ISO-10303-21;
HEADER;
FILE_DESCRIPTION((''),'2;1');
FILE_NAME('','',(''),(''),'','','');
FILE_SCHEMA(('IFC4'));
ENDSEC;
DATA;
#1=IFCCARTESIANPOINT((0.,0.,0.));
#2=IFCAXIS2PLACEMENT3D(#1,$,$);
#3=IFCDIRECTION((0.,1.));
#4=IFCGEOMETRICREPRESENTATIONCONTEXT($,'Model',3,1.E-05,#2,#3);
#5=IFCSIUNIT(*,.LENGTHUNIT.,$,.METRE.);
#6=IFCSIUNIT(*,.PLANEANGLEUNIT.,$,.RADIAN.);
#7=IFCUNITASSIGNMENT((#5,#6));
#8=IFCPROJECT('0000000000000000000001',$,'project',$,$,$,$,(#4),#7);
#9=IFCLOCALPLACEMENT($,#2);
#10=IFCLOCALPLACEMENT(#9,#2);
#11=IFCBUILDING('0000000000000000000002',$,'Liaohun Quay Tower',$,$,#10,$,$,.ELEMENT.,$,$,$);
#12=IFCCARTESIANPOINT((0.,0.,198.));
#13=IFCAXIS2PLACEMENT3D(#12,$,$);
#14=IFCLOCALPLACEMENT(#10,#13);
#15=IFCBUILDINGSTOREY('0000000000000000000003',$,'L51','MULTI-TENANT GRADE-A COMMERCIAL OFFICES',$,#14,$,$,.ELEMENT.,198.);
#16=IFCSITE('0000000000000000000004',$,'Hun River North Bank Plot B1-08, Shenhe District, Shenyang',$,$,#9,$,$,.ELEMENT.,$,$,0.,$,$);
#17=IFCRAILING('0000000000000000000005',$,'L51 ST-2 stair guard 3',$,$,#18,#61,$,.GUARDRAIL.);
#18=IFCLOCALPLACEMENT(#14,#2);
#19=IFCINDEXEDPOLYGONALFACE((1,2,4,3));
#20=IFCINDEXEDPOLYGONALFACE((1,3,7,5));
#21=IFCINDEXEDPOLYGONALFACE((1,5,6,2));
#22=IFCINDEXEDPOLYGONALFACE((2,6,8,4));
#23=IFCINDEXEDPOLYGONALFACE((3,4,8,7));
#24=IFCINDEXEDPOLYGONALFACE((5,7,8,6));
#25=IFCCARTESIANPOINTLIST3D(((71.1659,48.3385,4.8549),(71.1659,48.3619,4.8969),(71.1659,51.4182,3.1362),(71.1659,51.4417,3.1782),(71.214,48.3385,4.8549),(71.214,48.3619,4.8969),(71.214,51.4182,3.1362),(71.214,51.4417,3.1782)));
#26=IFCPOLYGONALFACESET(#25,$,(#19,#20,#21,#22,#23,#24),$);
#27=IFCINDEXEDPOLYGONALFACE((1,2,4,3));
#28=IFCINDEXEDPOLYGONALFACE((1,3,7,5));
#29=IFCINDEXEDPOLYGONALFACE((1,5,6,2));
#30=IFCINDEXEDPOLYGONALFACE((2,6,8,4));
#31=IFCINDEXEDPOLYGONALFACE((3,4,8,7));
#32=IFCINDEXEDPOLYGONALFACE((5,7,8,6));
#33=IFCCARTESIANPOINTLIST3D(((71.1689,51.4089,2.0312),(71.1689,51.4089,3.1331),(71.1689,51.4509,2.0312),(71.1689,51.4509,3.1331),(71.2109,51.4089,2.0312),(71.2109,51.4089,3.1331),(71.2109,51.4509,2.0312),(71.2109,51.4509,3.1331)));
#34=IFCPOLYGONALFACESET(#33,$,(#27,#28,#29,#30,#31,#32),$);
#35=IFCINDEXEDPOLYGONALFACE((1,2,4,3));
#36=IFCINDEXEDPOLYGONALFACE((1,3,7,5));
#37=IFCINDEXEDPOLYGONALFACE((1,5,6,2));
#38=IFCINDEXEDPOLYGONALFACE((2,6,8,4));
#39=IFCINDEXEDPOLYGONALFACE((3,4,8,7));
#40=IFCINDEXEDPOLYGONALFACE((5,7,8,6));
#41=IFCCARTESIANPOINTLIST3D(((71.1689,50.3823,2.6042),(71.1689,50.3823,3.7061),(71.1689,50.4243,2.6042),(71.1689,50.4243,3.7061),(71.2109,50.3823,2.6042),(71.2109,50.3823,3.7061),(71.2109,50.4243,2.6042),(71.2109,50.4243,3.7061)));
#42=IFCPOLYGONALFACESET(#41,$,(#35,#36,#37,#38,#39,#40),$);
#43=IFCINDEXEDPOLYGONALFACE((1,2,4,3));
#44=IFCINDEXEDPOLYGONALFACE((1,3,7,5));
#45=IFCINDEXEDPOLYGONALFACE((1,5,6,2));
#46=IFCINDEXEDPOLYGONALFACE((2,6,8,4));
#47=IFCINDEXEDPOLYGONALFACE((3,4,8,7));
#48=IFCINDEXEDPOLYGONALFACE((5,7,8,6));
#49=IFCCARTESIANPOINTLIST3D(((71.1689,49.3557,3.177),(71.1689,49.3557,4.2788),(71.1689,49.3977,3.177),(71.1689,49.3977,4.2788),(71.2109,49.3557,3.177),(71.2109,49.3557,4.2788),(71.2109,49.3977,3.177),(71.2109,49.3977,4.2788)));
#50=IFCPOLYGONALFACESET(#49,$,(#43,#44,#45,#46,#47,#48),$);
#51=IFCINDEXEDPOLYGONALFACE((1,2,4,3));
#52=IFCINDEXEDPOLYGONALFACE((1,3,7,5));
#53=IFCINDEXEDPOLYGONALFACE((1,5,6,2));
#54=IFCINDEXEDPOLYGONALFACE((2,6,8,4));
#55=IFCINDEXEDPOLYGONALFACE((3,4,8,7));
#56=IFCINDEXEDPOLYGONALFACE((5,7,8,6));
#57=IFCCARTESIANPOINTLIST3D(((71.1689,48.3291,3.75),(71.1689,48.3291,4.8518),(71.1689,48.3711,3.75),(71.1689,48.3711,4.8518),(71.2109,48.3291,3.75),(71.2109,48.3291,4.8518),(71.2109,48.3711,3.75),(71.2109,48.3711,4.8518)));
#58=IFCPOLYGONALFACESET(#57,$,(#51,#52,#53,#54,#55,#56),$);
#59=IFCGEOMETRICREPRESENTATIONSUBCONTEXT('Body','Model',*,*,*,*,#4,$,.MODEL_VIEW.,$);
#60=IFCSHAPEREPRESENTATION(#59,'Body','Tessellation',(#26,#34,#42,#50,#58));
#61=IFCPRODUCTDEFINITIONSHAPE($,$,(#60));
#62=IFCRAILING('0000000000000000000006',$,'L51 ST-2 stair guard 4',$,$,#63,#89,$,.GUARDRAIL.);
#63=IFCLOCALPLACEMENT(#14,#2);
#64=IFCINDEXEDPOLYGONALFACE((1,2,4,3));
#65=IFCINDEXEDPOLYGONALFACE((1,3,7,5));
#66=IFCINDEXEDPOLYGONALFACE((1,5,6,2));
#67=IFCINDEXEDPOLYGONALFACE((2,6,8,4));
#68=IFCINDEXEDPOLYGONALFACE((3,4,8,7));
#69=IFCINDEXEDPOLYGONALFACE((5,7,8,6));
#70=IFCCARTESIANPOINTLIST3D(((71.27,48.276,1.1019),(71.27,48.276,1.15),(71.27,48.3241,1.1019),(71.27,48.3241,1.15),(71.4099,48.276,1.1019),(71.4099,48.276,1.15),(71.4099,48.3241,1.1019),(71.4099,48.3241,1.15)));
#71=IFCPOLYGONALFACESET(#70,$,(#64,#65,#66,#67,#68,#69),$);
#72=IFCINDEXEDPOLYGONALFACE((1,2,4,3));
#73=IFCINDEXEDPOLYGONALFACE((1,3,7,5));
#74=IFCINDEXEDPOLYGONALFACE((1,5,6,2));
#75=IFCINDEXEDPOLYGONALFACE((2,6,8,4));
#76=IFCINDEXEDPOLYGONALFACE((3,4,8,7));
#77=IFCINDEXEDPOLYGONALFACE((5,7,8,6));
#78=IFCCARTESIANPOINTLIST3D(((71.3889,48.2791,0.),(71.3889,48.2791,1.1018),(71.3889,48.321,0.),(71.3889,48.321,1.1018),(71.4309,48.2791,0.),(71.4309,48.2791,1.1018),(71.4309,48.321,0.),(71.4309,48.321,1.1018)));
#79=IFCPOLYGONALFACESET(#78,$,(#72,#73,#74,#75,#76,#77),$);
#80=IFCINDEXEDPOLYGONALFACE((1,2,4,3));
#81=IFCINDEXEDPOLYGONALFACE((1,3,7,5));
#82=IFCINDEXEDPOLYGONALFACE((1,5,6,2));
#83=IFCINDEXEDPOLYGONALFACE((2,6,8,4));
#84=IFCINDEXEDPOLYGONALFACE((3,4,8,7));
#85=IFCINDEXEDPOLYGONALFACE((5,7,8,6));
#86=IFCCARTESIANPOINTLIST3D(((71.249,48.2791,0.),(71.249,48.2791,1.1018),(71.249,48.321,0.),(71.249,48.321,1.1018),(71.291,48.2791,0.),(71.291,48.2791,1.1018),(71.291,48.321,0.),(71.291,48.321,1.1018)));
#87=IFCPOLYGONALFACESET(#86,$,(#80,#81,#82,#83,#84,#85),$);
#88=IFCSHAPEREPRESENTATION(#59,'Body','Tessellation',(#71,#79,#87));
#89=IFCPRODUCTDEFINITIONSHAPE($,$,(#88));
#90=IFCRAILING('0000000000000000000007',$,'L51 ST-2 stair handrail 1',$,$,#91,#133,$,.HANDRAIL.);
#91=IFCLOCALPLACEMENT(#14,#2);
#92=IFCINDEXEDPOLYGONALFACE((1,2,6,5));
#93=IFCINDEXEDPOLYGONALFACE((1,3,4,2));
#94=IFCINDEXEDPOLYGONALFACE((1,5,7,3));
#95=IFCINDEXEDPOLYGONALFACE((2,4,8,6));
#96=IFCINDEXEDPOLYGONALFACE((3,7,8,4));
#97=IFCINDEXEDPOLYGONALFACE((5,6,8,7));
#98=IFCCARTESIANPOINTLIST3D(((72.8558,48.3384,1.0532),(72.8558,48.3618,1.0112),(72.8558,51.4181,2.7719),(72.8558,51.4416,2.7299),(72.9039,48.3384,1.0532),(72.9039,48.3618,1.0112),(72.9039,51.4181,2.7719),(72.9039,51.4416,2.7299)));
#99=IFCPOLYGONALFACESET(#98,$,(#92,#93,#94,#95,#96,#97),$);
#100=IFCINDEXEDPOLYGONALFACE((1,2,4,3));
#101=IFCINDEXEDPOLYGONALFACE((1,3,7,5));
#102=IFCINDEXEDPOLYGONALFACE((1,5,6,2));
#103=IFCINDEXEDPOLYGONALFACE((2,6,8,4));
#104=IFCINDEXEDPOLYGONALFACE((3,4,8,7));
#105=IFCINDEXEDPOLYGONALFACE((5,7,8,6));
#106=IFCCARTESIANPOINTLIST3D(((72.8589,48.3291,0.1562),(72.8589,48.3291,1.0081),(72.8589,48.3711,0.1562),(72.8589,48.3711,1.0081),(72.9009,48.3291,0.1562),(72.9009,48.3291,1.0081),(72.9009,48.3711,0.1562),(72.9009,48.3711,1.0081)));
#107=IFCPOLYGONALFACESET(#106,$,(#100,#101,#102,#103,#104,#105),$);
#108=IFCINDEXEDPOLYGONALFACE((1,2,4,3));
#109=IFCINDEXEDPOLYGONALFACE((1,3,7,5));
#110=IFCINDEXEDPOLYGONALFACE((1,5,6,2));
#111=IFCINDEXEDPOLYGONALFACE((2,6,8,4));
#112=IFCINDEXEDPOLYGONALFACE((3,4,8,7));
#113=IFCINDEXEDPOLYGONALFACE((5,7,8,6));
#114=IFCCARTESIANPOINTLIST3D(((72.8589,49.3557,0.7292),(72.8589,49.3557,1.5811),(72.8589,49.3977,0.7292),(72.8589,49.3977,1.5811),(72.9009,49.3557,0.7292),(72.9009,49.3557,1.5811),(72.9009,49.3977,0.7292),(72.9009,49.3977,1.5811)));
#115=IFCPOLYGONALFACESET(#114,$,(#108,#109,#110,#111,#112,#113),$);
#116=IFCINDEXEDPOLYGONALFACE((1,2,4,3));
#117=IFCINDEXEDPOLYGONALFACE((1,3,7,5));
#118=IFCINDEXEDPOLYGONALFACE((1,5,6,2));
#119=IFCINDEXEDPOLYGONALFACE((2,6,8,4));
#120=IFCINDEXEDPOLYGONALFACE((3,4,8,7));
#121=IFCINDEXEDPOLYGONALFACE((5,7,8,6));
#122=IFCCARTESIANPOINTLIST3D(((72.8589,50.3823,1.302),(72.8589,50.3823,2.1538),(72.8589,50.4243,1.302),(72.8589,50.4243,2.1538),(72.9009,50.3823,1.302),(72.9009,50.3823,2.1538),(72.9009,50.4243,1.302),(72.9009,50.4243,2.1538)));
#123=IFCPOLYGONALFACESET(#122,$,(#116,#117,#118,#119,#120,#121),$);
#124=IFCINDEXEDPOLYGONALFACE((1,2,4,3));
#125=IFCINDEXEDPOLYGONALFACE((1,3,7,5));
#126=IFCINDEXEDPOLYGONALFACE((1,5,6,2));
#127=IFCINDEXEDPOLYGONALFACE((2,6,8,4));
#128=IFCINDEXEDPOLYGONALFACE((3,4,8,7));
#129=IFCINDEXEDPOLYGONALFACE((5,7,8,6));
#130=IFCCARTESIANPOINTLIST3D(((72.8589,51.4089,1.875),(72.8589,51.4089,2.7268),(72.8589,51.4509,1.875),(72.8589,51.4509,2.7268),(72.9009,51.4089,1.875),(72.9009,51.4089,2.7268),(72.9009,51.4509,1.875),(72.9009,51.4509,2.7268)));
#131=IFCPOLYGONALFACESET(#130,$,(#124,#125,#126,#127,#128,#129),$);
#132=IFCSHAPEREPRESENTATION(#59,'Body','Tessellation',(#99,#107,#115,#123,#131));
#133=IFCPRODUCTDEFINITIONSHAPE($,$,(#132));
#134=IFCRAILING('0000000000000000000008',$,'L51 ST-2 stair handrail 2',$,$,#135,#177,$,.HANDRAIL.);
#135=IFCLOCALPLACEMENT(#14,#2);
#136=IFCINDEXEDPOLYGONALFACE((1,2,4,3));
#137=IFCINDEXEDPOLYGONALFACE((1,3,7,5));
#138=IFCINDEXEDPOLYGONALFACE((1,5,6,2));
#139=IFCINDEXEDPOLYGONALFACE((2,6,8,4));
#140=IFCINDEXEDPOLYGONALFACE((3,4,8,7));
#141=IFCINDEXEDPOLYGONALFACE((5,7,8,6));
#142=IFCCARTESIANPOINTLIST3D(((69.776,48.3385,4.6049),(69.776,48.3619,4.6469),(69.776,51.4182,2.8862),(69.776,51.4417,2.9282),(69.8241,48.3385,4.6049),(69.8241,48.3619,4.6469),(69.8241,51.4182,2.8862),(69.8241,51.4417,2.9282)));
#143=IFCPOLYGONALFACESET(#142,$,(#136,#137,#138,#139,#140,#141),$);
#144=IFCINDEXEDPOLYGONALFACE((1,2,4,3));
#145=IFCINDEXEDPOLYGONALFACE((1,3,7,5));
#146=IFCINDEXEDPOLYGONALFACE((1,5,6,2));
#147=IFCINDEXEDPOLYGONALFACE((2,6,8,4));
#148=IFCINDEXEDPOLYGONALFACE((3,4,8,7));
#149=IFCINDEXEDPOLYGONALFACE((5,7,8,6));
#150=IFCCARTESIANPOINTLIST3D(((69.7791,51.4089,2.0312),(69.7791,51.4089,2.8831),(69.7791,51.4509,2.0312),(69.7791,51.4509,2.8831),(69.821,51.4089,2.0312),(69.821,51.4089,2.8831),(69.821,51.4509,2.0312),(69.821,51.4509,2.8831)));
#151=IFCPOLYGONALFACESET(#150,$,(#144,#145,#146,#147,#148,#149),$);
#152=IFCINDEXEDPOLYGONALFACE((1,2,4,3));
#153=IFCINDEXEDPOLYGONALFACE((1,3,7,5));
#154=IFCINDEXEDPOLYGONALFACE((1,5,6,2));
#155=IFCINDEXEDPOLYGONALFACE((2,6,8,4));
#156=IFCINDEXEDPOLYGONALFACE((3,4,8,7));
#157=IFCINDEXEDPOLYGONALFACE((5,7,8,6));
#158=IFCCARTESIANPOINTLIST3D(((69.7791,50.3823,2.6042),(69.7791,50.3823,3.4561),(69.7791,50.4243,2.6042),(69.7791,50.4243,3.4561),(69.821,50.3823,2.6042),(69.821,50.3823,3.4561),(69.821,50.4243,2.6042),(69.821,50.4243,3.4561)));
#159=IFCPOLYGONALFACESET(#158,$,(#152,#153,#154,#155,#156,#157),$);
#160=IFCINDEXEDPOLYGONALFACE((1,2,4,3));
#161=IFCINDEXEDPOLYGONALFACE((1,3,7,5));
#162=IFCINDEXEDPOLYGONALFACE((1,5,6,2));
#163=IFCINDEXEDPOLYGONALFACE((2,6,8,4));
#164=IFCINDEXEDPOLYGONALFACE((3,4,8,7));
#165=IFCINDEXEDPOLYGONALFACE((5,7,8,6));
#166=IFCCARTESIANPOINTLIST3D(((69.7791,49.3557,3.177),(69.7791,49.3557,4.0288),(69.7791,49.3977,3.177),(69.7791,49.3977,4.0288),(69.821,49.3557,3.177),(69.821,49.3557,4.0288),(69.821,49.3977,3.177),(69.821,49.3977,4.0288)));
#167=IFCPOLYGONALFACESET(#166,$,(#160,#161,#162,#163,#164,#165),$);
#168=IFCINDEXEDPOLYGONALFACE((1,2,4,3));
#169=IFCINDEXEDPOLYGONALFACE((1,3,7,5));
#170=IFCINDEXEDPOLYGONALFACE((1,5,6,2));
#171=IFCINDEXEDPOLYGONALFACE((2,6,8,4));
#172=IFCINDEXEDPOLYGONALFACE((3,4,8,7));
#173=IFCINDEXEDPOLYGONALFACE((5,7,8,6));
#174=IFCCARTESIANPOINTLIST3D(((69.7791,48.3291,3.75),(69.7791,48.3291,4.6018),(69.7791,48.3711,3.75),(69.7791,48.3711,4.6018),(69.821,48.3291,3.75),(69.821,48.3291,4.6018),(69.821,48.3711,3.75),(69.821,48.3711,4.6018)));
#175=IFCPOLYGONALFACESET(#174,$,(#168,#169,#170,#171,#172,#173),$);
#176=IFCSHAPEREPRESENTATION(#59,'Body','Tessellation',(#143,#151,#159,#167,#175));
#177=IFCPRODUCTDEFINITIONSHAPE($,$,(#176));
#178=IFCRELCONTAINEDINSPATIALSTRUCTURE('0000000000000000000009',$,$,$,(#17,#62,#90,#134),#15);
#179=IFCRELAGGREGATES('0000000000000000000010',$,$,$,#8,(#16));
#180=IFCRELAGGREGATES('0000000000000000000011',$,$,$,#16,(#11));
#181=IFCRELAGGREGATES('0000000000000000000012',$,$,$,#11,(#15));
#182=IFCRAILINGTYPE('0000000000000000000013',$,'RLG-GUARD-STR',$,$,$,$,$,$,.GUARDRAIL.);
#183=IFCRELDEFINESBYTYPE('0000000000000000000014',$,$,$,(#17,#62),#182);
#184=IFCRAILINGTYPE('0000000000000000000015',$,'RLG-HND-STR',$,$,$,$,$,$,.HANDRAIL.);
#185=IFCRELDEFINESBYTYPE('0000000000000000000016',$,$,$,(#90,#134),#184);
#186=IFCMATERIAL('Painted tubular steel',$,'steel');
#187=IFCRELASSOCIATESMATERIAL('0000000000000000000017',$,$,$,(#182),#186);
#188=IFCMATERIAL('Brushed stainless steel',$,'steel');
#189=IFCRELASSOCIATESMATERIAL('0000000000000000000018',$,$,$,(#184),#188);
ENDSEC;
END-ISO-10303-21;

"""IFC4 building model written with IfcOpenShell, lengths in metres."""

from ifc_helpers import new_model, si_unit, direction, frame, origin, origin_2d, place, context, subcontext, project, spatial, rectangle, extrude, material, type_object, element, save


model = new_model("IFC4")

# Units and contexts
model_context = context("Model", 3, precision=1e-05, world=origin(), true_north=direction((0.0, 1.0)))
body_context = subcontext(model_context, "Body", "Model", "MODEL_VIEW")
ifc_project = project(units=[si_unit("LENGTHUNIT", "METRE"), si_unit("PLANEANGLEUNIT", "RADIAN")], contexts=[model_context])

# Site, building, storey
site_placement = place(None, origin())
site = spatial("IfcSite", under=ifc_project, at=site_placement, Name="Hun River North Bank Plot B1-08, Shenhe District, Shenyang", CompositionType="ELEMENT", RefElevation=0.0)
building_placement = place(site_placement, origin())
building = spatial("IfcBuilding", under=site, at=building_placement, Name="Liaohun Quay Tower", CompositionType="ELEMENT")
storey_placement = place(building_placement, frame((0.0, 0.0, 198.0)))
storey = spatial("IfcBuildingStorey", under=building, at=storey_placement, Name="L51", Description="MULTI-TENANT GRADE-A COMMERCIAL OFFICES", CompositionType="ELEMENT", Elevation=198.0)

# Railings
ifc_material_1 = material(Name="Painted tubular steel", Category="steel")
railing_type_1 = type_object("IfcRailingType", Name="RLG-GUARD-STR", PredefinedType="GUARDRAIL", material=ifc_material_1)
railing_1_placement = place(storey_placement, frame((71.1899, 51.4299, 2.0312)))
element("IfcRailing", 1, at=railing_1_placement, inside=storey, type_object=railing_type_1, Name="L51 ST-2 stair guard 3", PredefinedType="GUARDRAIL", context=body_context, shape_type="SweptSolid", body=[
    extrude(rectangle(XDim=0.0481, YDim=0.0481, at=origin_2d()), frame((0.0, 0.0, 1.126), z_axis=(0.0, -0.873225, 0.487317), x_axis=(1.0, 0.0, 0.0)), (0.0, 0.0, 1.0), 3.5269),
    extrude(rectangle(XDim=0.042, YDim=0.042, at=origin_2d()), origin(), (0.0, 0.0, 1.0), 1.1018),
    extrude(rectangle(XDim=0.042, YDim=0.042, at=origin_2d()), frame((0.0, -1.0266, 0.573)), (0.0, 0.0, 1.0), 1.1018),
    extrude(rectangle(XDim=0.042, YDim=0.042, at=origin_2d()), frame((0.0, -2.0532, 1.1458)), (0.0, 0.0, 1.0), 1.1018),
    extrude(rectangle(XDim=0.042, YDim=0.042, at=origin_2d()), frame((0.0, -3.0798, 1.7188)), (0.0, 0.0, 1.0), 1.1018),
])
railing_2_placement = place(storey_placement, frame((71.4099, 48.3, 0.0)))
element("IfcRailing", 2, at=railing_2_placement, inside=storey, type_object=railing_type_1, Name="L51 ST-2 stair guard 4", PredefinedType="GUARDRAIL", context=body_context, shape_type="SweptSolid", body=[
    extrude(rectangle(XDim=0.0481, YDim=0.0481, at=origin_2d()), frame((0.0, 0.0, 1.126), z_axis=(-1.0, 0.0, 0.0), x_axis=(0.0, -1.0, 0.0)), (0.0, 0.0, 1.0), 0.1399),
    extrude(rectangle(XDim=0.042, YDim=0.042, at=origin_2d()), origin(), (0.0, 0.0, 1.0), 1.1018),
    extrude(rectangle(XDim=0.042, YDim=0.042, at=origin_2d()), frame((-0.1399, 0.0, 0.0)), (0.0, 0.0, 1.0), 1.1018),
])
ifc_material_2 = material(Name="Brushed stainless steel", Category="steel")
railing_type_2 = type_object("IfcRailingType", Name="RLG-HND-STR", PredefinedType="HANDRAIL", material=ifc_material_2)
railing_3_placement = place(storey_placement, frame((72.8799, 48.3501, 0.1562)))
element("IfcRailing", 3, at=railing_3_placement, inside=storey, type_object=railing_type_2, Name="L51 ST-2 stair handrail 1", PredefinedType="HANDRAIL", context=body_context, shape_type="SweptSolid", body=[
    extrude(rectangle(XDim=0.0481, YDim=0.0481, at=origin_2d()), frame((0.0, 0.0, 0.876), z_axis=(0.0, 0.873225, 0.487317), x_axis=(-1.0, 0.0, 0.0)), (0.0, 0.0, 1.0), 3.5269),
    extrude(rectangle(XDim=0.042, YDim=0.042, at=origin_2d()), origin(), (0.0, 0.0, 1.0), 0.8518),
    extrude(rectangle(XDim=0.042, YDim=0.042, at=origin_2d()), frame((0.0, 1.0266, 0.573)), (0.0, 0.0, 1.0), 0.8518),
    extrude(rectangle(XDim=0.042, YDim=0.042, at=origin_2d()), frame((0.0, 2.0532, 1.1458)), (0.0, 0.0, 1.0), 0.8518),
    extrude(rectangle(XDim=0.042, YDim=0.042, at=origin_2d()), frame((0.0, 3.0798, 1.7188)), (0.0, 0.0, 1.0), 0.8518),
])
railing_4_placement = place(storey_placement, frame((69.8, 51.4299, 2.0312)))
element("IfcRailing", 4, at=railing_4_placement, inside=storey, type_object=railing_type_2, Name="L51 ST-2 stair handrail 2", PredefinedType="HANDRAIL", context=body_context, shape_type="SweptSolid", body=[
    extrude(rectangle(XDim=0.0481, YDim=0.0481, at=origin_2d()), frame((0.0, 0.0, 0.876), z_axis=(0.0, -0.873225, 0.487317), x_axis=(1.0, 0.0, 0.0)), (0.0, 0.0, 1.0), 3.5269),
    extrude(rectangle(XDim=0.042, YDim=0.042, at=origin_2d()), origin(), (0.0, 0.0, 1.0), 0.8518),
    extrude(rectangle(XDim=0.042, YDim=0.042, at=origin_2d()), frame((0.0, -1.0266, 0.573)), (0.0, 0.0, 1.0), 0.8518),
    extrude(rectangle(XDim=0.042, YDim=0.042, at=origin_2d()), frame((0.0, -2.0532, 1.1458)), (0.0, 0.0, 1.0), 0.8518),
    extrude(rectangle(XDim=0.042, YDim=0.042, at=origin_2d()), frame((0.0, -3.0798, 1.7188)), (0.0, 0.0, 1.0), 0.8518),
])

save(model, "model.ifc")
